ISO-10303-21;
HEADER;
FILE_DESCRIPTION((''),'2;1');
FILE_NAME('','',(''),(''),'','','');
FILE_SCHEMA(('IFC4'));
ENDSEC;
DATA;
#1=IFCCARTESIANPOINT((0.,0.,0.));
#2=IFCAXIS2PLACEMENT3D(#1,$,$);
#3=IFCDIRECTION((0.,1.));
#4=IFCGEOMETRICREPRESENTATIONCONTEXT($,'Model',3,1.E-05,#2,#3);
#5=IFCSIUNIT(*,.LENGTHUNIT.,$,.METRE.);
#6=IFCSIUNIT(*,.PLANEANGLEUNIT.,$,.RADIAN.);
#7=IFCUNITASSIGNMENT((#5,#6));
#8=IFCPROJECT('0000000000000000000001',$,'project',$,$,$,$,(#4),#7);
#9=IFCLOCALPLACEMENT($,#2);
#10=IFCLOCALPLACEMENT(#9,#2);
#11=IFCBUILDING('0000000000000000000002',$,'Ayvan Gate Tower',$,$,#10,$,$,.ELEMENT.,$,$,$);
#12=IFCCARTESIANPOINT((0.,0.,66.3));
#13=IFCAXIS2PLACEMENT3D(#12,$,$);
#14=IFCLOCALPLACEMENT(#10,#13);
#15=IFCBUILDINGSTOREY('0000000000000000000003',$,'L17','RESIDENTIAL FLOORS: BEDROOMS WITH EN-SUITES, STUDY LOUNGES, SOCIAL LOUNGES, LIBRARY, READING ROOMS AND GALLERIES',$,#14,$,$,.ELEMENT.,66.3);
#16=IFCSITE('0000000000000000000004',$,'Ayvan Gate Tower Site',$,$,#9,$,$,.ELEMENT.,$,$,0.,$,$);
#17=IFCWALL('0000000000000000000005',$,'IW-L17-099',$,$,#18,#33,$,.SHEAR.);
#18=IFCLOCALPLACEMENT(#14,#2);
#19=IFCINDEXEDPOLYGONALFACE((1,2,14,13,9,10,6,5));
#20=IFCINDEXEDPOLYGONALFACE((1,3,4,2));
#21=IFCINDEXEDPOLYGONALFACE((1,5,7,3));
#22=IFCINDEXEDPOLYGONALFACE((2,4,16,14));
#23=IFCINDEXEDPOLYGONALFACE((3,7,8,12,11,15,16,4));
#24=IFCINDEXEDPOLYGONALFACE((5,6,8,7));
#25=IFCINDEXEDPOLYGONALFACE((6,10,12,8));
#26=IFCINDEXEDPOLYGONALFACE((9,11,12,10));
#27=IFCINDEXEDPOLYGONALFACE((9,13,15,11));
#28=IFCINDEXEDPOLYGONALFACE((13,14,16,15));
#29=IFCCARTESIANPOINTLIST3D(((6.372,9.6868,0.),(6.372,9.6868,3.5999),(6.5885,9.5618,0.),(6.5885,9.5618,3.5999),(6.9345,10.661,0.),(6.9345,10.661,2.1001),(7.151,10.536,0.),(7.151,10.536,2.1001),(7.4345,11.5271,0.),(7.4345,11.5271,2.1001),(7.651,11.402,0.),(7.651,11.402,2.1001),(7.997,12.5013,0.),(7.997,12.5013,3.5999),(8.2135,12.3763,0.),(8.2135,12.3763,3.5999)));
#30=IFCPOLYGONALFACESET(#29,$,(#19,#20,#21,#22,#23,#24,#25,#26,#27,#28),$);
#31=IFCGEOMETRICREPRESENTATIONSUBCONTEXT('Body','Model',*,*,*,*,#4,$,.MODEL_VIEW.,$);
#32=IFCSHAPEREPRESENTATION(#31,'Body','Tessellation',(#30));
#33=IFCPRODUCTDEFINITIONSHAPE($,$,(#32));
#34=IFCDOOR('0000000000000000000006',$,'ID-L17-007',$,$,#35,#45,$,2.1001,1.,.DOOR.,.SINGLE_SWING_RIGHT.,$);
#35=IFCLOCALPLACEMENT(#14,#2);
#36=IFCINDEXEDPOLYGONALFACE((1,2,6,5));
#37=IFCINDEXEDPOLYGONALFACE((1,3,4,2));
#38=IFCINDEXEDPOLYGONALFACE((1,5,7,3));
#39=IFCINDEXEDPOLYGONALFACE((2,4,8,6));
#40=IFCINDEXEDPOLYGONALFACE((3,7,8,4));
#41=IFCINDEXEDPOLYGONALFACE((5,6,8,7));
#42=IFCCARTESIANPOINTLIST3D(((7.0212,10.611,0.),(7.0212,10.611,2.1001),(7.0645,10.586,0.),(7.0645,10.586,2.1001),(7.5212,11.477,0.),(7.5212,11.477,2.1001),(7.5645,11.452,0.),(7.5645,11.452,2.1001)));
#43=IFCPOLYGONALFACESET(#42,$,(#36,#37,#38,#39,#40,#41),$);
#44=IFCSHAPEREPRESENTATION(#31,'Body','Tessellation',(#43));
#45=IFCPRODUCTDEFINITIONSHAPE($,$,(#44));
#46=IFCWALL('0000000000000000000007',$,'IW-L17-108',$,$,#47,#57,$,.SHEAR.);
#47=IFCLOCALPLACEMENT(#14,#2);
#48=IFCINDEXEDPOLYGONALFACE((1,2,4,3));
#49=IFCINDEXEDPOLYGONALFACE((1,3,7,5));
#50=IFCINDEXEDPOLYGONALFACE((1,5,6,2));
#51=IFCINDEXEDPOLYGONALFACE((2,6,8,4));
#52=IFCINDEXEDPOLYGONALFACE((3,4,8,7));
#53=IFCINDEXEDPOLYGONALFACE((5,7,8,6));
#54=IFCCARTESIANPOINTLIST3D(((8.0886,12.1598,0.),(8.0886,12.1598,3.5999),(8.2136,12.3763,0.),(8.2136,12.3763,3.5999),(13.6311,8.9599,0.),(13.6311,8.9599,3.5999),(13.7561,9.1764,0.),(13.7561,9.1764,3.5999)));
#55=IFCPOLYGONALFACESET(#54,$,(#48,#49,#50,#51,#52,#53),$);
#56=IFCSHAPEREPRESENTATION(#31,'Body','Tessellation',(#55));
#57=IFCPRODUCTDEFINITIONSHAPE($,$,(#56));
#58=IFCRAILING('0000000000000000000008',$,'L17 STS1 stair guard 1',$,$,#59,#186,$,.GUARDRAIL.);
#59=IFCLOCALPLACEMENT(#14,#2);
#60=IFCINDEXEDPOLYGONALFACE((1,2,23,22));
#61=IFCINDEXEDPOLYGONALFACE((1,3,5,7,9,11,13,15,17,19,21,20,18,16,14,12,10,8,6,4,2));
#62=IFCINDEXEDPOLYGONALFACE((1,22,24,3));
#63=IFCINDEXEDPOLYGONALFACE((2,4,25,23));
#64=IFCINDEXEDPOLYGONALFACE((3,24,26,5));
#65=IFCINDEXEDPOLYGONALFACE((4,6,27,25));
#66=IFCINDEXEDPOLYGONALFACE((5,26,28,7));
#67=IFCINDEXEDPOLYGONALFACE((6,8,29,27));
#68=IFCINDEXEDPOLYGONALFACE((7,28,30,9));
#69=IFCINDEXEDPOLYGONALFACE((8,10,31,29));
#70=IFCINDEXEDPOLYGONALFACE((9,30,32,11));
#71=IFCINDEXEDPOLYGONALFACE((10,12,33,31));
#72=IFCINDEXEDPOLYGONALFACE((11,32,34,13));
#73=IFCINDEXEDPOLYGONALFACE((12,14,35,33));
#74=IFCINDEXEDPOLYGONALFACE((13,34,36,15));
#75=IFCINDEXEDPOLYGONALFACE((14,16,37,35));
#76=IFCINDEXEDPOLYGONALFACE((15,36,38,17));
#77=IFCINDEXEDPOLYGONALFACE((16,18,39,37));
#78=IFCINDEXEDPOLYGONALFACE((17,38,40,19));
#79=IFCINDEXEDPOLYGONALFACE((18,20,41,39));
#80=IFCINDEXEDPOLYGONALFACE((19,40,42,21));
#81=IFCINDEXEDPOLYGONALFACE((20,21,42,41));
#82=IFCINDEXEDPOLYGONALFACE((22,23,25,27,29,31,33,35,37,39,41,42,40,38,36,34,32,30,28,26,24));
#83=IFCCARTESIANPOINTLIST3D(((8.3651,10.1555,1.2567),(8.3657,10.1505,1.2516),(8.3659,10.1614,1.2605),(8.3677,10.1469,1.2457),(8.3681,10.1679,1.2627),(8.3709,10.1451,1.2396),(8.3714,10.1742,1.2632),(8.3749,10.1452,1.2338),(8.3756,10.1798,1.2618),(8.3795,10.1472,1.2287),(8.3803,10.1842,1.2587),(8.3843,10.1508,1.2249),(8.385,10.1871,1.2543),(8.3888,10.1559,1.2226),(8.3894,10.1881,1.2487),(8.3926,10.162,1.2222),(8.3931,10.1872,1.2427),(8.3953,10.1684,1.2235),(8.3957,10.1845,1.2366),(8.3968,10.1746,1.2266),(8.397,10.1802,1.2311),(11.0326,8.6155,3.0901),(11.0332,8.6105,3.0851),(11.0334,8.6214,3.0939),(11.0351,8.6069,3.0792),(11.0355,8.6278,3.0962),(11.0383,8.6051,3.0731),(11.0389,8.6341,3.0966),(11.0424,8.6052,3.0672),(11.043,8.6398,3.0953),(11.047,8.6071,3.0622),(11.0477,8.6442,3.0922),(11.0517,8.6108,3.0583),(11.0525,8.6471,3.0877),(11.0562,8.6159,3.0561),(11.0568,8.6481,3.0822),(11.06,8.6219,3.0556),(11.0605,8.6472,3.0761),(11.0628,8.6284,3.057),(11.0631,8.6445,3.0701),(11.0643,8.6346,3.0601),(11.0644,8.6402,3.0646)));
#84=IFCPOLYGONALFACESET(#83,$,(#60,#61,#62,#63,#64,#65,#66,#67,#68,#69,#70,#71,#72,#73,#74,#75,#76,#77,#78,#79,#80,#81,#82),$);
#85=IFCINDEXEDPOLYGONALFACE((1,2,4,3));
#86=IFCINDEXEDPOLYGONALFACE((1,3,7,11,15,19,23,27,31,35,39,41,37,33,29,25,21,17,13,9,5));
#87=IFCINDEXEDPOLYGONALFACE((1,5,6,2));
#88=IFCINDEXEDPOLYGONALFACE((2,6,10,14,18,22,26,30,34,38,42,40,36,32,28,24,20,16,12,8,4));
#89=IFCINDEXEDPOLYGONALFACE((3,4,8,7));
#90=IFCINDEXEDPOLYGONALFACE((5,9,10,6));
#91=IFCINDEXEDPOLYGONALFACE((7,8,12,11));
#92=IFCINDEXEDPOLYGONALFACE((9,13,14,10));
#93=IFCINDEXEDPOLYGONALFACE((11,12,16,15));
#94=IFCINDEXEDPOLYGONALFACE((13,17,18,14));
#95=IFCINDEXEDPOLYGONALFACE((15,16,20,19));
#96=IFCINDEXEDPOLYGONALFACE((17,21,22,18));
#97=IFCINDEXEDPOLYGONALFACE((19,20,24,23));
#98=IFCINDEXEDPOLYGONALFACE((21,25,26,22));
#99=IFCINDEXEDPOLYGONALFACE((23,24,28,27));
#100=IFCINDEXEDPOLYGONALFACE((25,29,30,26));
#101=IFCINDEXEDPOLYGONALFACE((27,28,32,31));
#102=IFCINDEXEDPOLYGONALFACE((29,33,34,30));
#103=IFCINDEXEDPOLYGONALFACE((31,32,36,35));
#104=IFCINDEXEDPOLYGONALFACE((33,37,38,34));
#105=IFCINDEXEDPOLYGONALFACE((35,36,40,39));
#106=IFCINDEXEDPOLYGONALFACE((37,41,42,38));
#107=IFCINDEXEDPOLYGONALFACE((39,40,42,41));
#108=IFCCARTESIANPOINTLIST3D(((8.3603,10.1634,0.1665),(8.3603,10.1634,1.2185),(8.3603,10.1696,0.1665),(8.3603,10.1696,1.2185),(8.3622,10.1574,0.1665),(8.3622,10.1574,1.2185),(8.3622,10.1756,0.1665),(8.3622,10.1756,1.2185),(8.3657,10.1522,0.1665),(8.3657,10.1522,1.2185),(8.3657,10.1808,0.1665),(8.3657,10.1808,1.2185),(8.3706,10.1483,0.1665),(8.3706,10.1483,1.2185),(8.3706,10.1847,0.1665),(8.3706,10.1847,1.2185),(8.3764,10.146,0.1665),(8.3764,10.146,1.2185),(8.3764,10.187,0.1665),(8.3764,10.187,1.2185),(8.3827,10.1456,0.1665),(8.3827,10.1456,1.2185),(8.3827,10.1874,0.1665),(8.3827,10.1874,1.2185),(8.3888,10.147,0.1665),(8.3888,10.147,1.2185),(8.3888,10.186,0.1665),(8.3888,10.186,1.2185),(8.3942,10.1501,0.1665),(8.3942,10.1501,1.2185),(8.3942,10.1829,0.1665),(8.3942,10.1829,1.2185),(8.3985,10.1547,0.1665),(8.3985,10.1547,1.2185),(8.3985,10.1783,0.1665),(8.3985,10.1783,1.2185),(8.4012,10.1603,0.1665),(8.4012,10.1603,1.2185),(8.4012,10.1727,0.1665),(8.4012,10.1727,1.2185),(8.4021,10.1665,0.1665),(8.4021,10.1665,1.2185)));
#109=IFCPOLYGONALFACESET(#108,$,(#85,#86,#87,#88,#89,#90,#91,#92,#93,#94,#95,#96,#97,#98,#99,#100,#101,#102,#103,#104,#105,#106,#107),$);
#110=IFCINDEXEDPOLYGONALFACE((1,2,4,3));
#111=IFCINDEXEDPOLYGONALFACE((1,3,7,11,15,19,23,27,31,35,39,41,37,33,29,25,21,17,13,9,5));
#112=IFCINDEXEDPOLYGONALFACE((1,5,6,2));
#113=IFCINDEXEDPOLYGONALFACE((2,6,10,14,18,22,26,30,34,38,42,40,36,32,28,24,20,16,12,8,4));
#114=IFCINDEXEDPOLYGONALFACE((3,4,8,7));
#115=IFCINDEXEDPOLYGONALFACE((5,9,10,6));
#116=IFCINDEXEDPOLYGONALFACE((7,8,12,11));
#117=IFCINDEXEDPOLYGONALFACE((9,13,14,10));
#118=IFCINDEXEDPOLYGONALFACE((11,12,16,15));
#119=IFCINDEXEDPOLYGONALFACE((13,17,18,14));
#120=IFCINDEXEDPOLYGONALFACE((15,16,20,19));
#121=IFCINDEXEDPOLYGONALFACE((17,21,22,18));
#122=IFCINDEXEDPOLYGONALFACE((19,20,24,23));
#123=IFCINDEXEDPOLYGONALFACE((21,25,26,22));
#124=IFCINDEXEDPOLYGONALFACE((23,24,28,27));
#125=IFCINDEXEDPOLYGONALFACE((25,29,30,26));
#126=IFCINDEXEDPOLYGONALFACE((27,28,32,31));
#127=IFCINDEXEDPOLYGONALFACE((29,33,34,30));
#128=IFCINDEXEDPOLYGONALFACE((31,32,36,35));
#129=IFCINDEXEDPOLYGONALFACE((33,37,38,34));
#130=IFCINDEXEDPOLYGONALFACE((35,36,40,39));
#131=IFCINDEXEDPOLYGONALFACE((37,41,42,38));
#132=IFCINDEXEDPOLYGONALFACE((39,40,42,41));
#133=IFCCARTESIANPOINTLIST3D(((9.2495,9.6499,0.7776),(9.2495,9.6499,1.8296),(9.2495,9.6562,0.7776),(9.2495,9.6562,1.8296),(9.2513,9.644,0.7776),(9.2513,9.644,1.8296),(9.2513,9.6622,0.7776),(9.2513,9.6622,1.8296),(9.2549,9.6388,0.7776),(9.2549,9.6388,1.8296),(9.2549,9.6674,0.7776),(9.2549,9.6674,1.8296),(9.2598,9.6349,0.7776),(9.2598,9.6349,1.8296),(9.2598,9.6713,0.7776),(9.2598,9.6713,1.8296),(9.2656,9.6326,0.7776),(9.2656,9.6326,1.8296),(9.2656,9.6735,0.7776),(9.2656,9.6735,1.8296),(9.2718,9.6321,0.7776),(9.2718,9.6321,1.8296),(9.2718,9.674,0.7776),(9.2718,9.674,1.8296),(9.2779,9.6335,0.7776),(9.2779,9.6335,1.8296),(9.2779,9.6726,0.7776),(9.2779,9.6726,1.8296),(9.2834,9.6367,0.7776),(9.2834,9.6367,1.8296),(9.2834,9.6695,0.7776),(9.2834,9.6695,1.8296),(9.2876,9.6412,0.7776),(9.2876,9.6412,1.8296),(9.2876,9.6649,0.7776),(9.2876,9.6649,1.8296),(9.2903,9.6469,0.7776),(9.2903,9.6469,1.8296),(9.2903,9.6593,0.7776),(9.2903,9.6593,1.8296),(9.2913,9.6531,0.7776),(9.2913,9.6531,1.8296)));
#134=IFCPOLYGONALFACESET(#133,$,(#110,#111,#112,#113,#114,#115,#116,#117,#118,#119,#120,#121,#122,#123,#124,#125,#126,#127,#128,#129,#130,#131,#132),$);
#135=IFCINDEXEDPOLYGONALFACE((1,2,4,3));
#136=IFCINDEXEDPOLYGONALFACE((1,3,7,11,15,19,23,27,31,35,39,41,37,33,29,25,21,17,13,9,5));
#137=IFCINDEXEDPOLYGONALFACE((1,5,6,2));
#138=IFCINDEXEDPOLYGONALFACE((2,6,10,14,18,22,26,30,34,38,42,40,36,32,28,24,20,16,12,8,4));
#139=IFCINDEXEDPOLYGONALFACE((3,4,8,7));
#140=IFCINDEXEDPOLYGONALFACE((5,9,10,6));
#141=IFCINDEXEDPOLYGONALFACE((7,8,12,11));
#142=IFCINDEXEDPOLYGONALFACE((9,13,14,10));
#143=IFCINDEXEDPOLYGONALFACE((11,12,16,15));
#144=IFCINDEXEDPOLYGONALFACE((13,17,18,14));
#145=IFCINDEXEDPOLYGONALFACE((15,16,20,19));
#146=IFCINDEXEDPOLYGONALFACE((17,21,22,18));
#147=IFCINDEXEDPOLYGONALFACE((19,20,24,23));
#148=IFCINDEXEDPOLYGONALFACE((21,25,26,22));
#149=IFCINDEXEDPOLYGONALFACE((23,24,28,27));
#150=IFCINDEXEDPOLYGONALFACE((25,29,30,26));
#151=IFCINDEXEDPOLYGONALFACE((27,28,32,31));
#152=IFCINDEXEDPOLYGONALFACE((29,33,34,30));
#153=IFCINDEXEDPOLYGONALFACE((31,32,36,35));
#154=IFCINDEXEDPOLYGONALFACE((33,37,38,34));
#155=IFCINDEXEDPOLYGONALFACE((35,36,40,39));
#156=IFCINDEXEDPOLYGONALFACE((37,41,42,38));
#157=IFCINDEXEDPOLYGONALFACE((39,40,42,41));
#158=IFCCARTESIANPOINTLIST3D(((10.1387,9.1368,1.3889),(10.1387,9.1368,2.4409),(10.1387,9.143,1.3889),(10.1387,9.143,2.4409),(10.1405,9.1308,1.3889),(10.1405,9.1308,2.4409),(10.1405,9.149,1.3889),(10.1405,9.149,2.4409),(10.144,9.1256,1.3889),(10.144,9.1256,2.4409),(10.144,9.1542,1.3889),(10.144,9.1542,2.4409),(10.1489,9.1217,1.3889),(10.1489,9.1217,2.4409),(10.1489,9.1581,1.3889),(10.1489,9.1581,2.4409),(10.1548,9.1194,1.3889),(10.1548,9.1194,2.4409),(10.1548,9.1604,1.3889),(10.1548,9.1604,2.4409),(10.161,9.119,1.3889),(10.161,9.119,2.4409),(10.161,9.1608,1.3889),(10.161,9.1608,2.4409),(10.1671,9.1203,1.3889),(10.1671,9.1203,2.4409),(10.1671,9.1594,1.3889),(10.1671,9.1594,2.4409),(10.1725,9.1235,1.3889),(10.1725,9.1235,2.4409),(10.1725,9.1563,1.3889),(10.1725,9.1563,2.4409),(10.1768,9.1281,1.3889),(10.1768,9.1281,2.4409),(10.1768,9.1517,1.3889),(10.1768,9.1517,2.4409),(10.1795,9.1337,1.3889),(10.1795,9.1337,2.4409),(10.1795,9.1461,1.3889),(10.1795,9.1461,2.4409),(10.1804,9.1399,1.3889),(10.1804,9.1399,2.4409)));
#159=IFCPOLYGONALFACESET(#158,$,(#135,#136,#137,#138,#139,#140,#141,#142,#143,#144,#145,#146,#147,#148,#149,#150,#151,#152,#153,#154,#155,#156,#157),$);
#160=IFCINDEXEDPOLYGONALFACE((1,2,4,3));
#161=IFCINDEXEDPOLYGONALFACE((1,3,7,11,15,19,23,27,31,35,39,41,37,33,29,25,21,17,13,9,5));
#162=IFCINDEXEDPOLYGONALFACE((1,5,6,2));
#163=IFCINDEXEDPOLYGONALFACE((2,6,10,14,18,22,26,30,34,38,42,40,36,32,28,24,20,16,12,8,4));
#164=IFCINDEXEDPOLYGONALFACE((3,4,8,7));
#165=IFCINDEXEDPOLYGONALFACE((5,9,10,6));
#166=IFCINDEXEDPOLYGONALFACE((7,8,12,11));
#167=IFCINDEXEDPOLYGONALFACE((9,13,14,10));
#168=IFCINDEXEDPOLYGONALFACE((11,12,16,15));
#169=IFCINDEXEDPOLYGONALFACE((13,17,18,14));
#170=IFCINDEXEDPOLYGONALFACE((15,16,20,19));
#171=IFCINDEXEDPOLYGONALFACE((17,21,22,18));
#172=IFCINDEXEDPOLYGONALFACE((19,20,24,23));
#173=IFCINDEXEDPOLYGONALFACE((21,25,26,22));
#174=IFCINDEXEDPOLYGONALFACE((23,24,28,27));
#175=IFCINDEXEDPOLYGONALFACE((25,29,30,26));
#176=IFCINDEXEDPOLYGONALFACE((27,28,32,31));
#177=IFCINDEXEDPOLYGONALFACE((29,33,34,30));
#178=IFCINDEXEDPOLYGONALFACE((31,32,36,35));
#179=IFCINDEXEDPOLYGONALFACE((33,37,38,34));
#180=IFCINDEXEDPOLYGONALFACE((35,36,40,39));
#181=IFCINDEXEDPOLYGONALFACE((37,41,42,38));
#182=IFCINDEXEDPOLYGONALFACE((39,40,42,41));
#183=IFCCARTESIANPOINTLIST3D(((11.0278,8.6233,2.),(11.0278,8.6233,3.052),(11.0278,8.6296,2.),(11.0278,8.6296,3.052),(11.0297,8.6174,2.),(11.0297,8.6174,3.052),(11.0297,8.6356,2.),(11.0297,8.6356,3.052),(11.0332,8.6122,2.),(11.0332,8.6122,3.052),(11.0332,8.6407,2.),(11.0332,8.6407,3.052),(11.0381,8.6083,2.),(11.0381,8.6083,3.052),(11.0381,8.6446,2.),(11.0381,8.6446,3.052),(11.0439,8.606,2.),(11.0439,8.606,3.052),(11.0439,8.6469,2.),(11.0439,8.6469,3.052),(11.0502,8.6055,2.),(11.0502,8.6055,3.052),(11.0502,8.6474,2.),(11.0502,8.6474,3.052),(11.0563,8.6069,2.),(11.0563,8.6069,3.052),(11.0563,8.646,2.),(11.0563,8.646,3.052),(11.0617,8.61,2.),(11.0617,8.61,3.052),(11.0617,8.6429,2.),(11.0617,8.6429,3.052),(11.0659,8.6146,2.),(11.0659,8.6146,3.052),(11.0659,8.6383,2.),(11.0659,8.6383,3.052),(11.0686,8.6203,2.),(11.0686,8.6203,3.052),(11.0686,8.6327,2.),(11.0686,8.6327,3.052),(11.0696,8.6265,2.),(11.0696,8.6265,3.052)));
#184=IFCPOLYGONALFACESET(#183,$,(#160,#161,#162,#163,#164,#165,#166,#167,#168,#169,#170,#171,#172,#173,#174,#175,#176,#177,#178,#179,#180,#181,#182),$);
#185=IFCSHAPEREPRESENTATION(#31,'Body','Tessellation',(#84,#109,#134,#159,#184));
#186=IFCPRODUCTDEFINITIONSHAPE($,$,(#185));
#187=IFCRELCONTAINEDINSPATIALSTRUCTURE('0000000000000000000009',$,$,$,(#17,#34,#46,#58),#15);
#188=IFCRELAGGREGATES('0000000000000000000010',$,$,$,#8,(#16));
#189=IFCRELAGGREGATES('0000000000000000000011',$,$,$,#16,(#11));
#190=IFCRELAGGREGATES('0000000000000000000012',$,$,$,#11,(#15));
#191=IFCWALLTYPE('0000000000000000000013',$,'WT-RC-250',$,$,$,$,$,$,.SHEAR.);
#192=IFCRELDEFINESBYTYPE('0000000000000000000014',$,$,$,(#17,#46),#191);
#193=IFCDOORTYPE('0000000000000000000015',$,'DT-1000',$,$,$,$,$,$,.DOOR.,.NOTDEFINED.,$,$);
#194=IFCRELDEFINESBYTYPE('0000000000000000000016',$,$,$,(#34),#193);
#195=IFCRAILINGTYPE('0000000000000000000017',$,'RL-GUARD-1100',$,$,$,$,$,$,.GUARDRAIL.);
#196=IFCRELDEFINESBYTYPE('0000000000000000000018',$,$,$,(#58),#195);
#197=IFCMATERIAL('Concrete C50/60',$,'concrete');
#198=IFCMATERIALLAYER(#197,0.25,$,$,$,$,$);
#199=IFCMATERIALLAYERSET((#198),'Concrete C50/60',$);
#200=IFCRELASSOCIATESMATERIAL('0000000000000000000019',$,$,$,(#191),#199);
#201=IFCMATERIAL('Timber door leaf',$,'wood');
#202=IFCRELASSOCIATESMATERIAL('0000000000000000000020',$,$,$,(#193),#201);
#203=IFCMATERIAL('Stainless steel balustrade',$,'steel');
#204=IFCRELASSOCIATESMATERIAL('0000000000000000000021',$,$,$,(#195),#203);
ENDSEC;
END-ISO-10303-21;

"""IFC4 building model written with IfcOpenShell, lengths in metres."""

from ifc_helpers import new_model, si_unit, direction, frame, frame_2d, origin, origin_2d, place, context, subcontext, project, spatial, rectangle, circle, extrude, material, layer, layer_set, type_object, element, fill, save


model = new_model("IFC4")

# Units and contexts
model_context = context("Model", 3, precision=1e-05, world=origin(), true_north=direction((0.0, 1.0)))
body_context = subcontext(model_context, "Body", "Model", "MODEL_VIEW")
ifc_project = project(units=[si_unit("LENGTHUNIT", "METRE"), si_unit("PLANEANGLEUNIT", "RADIAN")], contexts=[model_context])

# Site, building, storey
site_placement = place(None, origin())
site = spatial("IfcSite", under=ifc_project, at=site_placement, Name="Ayvan Gate Tower Site", CompositionType="ELEMENT", RefElevation=0.0)
building_placement = place(site_placement, origin())
building = spatial("IfcBuilding", under=site, at=building_placement, Name="Ayvan Gate Tower", CompositionType="ELEMENT")
storey_placement = place(building_placement, frame((0.0, 0.0, 66.3)))
storey = spatial("IfcBuildingStorey", under=building, at=storey_placement, Name="L17", Description="RESIDENTIAL FLOORS: BEDROOMS WITH EN-SUITES, STUDY LOUNGES, SOCIAL LOUNGES, LIBRARY, READING ROOMS AND GALLERIES", CompositionType="ELEMENT", Elevation=66.3)

# Shared definitions
ifc_material_1 = material(Name="Timber door leaf", Category="wood")

# Shared definitions
ifc_material_2 = material(Name="Concrete C50/60", Category="concrete")
ifc_layer_1 = layer(ifc_material_2, 0.25)
ifc_layer_set_1 = layer_set([ifc_layer_1], Name="Concrete C50/60")
wall_type_1 = type_object("IfcWallType", Name="WT-RC-250", PredefinedType="SHEAR", material=ifc_layer_set_1)

# Wall, opening, door
wall_1_placement = place(storey_placement, frame((6.4802, 9.6243, 0.0), z_axis=(0.0, 0.0, 1.0), x_axis=(0.500017, 0.866015, 0.0)))
wall_1 = element("IfcWall", 1, at=wall_1_placement, inside=storey, type_object=wall_type_1, Name="IW-L17-099", PredefinedType="SHEAR", context=body_context, shape_type="SweptSolid", body=[
    extrude(rectangle(XDim=3.25, YDim=0.25, at=frame_2d((1.625, 0.0))), origin(), (0.0, 0.0, 1.0), 3.5999),
])
opening_1_placement = place(wall_1_placement, frame((1.125, 0.0, 0.0)))
opening_1 = element("IfcOpeningElement", 2, at=opening_1_placement, cuts=wall_1, PredefinedType="OPENING", context=body_context, shape_type="SweptSolid", body=[
    extrude(rectangle(XDim=1.0, YDim=2.1001, at=frame_2d((0.5, 1.05))), frame((0.0, 0.135, 0.0), z_axis=(0.0, -1.0, 0.0), x_axis=(1.0, 0.0, 0.0)), (0.0, 0.0, 1.0), 0.27),
])
door_type_1 = type_object("IfcDoorType", Name="DT-1000", OperationType="NOTDEFINED", PredefinedType="DOOR", material=ifc_material_1)
door_1_placement = place(opening_1_placement, origin())
door_1 = element("IfcDoor", 3, at=door_1_placement, inside=storey, type_object=door_type_1, Name="ID-L17-007", OperationType="SINGLE_SWING_RIGHT", OverallHeight=2.1001, OverallWidth=1.0, PredefinedType="DOOR", context=body_context, shape_type="SweptSolid", body=[
    extrude(rectangle(XDim=1.0, YDim=2.1001, at=frame_2d((0.5, 1.05))), frame((0.0, 0.0249, 0.0), z_axis=(0.0, -1.0, 0.0), x_axis=(1.0, 0.0, 0.0)), (0.0, 0.0, 1.0), 0.05),
])
fill(opening_1, door_1)

# Wall
wall_2_placement = place(storey_placement, frame((8.1511, 12.2681, 0.0), z_axis=(0.0, 0.0, 1.0), x_axis=(0.866025, -0.5, 0.0)))
element("IfcWall", 4, at=wall_2_placement, inside=storey, type_object=wall_type_1, Name="IW-L17-108", PredefinedType="SHEAR", context=body_context, shape_type="SweptSolid", body=[
    extrude(rectangle(XDim=6.3999, YDim=0.25, at=frame_2d((3.2, 0.0))), origin(), (0.0, 0.0, 1.0), 3.5999),
])

# Railing
ifc_material_3 = material(Name="Stainless steel balustrade", Category="steel")
railing_type_1 = type_object("IfcRailingType", Name="RL-GUARD-1100", PredefinedType="GUARDRAIL", material=ifc_material_3)
railing_1_placement = place(storey_placement, frame((8.3811, 10.1665, 0.1665)))
element("IfcRailing", 5, at=railing_1_placement, inside=storey, type_object=railing_type_1, Name="L17 STS1 stair guard 1", PredefinedType="GUARDRAIL", context=body_context, shape_type="SweptSolid", body=[
    extrude(circle(Radius=0.0239, at=origin_2d()), frame((0.0, 0.0, 1.0762), z_axis=(0.744164, -0.429634, 0.511502), x_axis=(0.499992, 0.86603, 0.0)), (0.0, 0.0, 1.0), 3.5845),
    extrude(circle(Radius=0.021, at=origin_2d()), origin(), (0.0, 0.0, 1.0), 1.052),
    extrude(circle(Radius=0.021, at=origin_2d()), frame((0.8892, -0.5134, 0.6111)), (0.0, 0.0, 1.0), 1.052),
    extrude(circle(Radius=0.021, at=origin_2d()), frame((1.7783, -1.0266, 1.2224)), (0.0, 0.0, 1.0), 1.052),
    extrude(circle(Radius=0.021, at=origin_2d()), frame((2.6675, -1.54, 1.8335)), (0.0, 0.0, 1.0), 1.052),
])

save(model, "model.ifc")
